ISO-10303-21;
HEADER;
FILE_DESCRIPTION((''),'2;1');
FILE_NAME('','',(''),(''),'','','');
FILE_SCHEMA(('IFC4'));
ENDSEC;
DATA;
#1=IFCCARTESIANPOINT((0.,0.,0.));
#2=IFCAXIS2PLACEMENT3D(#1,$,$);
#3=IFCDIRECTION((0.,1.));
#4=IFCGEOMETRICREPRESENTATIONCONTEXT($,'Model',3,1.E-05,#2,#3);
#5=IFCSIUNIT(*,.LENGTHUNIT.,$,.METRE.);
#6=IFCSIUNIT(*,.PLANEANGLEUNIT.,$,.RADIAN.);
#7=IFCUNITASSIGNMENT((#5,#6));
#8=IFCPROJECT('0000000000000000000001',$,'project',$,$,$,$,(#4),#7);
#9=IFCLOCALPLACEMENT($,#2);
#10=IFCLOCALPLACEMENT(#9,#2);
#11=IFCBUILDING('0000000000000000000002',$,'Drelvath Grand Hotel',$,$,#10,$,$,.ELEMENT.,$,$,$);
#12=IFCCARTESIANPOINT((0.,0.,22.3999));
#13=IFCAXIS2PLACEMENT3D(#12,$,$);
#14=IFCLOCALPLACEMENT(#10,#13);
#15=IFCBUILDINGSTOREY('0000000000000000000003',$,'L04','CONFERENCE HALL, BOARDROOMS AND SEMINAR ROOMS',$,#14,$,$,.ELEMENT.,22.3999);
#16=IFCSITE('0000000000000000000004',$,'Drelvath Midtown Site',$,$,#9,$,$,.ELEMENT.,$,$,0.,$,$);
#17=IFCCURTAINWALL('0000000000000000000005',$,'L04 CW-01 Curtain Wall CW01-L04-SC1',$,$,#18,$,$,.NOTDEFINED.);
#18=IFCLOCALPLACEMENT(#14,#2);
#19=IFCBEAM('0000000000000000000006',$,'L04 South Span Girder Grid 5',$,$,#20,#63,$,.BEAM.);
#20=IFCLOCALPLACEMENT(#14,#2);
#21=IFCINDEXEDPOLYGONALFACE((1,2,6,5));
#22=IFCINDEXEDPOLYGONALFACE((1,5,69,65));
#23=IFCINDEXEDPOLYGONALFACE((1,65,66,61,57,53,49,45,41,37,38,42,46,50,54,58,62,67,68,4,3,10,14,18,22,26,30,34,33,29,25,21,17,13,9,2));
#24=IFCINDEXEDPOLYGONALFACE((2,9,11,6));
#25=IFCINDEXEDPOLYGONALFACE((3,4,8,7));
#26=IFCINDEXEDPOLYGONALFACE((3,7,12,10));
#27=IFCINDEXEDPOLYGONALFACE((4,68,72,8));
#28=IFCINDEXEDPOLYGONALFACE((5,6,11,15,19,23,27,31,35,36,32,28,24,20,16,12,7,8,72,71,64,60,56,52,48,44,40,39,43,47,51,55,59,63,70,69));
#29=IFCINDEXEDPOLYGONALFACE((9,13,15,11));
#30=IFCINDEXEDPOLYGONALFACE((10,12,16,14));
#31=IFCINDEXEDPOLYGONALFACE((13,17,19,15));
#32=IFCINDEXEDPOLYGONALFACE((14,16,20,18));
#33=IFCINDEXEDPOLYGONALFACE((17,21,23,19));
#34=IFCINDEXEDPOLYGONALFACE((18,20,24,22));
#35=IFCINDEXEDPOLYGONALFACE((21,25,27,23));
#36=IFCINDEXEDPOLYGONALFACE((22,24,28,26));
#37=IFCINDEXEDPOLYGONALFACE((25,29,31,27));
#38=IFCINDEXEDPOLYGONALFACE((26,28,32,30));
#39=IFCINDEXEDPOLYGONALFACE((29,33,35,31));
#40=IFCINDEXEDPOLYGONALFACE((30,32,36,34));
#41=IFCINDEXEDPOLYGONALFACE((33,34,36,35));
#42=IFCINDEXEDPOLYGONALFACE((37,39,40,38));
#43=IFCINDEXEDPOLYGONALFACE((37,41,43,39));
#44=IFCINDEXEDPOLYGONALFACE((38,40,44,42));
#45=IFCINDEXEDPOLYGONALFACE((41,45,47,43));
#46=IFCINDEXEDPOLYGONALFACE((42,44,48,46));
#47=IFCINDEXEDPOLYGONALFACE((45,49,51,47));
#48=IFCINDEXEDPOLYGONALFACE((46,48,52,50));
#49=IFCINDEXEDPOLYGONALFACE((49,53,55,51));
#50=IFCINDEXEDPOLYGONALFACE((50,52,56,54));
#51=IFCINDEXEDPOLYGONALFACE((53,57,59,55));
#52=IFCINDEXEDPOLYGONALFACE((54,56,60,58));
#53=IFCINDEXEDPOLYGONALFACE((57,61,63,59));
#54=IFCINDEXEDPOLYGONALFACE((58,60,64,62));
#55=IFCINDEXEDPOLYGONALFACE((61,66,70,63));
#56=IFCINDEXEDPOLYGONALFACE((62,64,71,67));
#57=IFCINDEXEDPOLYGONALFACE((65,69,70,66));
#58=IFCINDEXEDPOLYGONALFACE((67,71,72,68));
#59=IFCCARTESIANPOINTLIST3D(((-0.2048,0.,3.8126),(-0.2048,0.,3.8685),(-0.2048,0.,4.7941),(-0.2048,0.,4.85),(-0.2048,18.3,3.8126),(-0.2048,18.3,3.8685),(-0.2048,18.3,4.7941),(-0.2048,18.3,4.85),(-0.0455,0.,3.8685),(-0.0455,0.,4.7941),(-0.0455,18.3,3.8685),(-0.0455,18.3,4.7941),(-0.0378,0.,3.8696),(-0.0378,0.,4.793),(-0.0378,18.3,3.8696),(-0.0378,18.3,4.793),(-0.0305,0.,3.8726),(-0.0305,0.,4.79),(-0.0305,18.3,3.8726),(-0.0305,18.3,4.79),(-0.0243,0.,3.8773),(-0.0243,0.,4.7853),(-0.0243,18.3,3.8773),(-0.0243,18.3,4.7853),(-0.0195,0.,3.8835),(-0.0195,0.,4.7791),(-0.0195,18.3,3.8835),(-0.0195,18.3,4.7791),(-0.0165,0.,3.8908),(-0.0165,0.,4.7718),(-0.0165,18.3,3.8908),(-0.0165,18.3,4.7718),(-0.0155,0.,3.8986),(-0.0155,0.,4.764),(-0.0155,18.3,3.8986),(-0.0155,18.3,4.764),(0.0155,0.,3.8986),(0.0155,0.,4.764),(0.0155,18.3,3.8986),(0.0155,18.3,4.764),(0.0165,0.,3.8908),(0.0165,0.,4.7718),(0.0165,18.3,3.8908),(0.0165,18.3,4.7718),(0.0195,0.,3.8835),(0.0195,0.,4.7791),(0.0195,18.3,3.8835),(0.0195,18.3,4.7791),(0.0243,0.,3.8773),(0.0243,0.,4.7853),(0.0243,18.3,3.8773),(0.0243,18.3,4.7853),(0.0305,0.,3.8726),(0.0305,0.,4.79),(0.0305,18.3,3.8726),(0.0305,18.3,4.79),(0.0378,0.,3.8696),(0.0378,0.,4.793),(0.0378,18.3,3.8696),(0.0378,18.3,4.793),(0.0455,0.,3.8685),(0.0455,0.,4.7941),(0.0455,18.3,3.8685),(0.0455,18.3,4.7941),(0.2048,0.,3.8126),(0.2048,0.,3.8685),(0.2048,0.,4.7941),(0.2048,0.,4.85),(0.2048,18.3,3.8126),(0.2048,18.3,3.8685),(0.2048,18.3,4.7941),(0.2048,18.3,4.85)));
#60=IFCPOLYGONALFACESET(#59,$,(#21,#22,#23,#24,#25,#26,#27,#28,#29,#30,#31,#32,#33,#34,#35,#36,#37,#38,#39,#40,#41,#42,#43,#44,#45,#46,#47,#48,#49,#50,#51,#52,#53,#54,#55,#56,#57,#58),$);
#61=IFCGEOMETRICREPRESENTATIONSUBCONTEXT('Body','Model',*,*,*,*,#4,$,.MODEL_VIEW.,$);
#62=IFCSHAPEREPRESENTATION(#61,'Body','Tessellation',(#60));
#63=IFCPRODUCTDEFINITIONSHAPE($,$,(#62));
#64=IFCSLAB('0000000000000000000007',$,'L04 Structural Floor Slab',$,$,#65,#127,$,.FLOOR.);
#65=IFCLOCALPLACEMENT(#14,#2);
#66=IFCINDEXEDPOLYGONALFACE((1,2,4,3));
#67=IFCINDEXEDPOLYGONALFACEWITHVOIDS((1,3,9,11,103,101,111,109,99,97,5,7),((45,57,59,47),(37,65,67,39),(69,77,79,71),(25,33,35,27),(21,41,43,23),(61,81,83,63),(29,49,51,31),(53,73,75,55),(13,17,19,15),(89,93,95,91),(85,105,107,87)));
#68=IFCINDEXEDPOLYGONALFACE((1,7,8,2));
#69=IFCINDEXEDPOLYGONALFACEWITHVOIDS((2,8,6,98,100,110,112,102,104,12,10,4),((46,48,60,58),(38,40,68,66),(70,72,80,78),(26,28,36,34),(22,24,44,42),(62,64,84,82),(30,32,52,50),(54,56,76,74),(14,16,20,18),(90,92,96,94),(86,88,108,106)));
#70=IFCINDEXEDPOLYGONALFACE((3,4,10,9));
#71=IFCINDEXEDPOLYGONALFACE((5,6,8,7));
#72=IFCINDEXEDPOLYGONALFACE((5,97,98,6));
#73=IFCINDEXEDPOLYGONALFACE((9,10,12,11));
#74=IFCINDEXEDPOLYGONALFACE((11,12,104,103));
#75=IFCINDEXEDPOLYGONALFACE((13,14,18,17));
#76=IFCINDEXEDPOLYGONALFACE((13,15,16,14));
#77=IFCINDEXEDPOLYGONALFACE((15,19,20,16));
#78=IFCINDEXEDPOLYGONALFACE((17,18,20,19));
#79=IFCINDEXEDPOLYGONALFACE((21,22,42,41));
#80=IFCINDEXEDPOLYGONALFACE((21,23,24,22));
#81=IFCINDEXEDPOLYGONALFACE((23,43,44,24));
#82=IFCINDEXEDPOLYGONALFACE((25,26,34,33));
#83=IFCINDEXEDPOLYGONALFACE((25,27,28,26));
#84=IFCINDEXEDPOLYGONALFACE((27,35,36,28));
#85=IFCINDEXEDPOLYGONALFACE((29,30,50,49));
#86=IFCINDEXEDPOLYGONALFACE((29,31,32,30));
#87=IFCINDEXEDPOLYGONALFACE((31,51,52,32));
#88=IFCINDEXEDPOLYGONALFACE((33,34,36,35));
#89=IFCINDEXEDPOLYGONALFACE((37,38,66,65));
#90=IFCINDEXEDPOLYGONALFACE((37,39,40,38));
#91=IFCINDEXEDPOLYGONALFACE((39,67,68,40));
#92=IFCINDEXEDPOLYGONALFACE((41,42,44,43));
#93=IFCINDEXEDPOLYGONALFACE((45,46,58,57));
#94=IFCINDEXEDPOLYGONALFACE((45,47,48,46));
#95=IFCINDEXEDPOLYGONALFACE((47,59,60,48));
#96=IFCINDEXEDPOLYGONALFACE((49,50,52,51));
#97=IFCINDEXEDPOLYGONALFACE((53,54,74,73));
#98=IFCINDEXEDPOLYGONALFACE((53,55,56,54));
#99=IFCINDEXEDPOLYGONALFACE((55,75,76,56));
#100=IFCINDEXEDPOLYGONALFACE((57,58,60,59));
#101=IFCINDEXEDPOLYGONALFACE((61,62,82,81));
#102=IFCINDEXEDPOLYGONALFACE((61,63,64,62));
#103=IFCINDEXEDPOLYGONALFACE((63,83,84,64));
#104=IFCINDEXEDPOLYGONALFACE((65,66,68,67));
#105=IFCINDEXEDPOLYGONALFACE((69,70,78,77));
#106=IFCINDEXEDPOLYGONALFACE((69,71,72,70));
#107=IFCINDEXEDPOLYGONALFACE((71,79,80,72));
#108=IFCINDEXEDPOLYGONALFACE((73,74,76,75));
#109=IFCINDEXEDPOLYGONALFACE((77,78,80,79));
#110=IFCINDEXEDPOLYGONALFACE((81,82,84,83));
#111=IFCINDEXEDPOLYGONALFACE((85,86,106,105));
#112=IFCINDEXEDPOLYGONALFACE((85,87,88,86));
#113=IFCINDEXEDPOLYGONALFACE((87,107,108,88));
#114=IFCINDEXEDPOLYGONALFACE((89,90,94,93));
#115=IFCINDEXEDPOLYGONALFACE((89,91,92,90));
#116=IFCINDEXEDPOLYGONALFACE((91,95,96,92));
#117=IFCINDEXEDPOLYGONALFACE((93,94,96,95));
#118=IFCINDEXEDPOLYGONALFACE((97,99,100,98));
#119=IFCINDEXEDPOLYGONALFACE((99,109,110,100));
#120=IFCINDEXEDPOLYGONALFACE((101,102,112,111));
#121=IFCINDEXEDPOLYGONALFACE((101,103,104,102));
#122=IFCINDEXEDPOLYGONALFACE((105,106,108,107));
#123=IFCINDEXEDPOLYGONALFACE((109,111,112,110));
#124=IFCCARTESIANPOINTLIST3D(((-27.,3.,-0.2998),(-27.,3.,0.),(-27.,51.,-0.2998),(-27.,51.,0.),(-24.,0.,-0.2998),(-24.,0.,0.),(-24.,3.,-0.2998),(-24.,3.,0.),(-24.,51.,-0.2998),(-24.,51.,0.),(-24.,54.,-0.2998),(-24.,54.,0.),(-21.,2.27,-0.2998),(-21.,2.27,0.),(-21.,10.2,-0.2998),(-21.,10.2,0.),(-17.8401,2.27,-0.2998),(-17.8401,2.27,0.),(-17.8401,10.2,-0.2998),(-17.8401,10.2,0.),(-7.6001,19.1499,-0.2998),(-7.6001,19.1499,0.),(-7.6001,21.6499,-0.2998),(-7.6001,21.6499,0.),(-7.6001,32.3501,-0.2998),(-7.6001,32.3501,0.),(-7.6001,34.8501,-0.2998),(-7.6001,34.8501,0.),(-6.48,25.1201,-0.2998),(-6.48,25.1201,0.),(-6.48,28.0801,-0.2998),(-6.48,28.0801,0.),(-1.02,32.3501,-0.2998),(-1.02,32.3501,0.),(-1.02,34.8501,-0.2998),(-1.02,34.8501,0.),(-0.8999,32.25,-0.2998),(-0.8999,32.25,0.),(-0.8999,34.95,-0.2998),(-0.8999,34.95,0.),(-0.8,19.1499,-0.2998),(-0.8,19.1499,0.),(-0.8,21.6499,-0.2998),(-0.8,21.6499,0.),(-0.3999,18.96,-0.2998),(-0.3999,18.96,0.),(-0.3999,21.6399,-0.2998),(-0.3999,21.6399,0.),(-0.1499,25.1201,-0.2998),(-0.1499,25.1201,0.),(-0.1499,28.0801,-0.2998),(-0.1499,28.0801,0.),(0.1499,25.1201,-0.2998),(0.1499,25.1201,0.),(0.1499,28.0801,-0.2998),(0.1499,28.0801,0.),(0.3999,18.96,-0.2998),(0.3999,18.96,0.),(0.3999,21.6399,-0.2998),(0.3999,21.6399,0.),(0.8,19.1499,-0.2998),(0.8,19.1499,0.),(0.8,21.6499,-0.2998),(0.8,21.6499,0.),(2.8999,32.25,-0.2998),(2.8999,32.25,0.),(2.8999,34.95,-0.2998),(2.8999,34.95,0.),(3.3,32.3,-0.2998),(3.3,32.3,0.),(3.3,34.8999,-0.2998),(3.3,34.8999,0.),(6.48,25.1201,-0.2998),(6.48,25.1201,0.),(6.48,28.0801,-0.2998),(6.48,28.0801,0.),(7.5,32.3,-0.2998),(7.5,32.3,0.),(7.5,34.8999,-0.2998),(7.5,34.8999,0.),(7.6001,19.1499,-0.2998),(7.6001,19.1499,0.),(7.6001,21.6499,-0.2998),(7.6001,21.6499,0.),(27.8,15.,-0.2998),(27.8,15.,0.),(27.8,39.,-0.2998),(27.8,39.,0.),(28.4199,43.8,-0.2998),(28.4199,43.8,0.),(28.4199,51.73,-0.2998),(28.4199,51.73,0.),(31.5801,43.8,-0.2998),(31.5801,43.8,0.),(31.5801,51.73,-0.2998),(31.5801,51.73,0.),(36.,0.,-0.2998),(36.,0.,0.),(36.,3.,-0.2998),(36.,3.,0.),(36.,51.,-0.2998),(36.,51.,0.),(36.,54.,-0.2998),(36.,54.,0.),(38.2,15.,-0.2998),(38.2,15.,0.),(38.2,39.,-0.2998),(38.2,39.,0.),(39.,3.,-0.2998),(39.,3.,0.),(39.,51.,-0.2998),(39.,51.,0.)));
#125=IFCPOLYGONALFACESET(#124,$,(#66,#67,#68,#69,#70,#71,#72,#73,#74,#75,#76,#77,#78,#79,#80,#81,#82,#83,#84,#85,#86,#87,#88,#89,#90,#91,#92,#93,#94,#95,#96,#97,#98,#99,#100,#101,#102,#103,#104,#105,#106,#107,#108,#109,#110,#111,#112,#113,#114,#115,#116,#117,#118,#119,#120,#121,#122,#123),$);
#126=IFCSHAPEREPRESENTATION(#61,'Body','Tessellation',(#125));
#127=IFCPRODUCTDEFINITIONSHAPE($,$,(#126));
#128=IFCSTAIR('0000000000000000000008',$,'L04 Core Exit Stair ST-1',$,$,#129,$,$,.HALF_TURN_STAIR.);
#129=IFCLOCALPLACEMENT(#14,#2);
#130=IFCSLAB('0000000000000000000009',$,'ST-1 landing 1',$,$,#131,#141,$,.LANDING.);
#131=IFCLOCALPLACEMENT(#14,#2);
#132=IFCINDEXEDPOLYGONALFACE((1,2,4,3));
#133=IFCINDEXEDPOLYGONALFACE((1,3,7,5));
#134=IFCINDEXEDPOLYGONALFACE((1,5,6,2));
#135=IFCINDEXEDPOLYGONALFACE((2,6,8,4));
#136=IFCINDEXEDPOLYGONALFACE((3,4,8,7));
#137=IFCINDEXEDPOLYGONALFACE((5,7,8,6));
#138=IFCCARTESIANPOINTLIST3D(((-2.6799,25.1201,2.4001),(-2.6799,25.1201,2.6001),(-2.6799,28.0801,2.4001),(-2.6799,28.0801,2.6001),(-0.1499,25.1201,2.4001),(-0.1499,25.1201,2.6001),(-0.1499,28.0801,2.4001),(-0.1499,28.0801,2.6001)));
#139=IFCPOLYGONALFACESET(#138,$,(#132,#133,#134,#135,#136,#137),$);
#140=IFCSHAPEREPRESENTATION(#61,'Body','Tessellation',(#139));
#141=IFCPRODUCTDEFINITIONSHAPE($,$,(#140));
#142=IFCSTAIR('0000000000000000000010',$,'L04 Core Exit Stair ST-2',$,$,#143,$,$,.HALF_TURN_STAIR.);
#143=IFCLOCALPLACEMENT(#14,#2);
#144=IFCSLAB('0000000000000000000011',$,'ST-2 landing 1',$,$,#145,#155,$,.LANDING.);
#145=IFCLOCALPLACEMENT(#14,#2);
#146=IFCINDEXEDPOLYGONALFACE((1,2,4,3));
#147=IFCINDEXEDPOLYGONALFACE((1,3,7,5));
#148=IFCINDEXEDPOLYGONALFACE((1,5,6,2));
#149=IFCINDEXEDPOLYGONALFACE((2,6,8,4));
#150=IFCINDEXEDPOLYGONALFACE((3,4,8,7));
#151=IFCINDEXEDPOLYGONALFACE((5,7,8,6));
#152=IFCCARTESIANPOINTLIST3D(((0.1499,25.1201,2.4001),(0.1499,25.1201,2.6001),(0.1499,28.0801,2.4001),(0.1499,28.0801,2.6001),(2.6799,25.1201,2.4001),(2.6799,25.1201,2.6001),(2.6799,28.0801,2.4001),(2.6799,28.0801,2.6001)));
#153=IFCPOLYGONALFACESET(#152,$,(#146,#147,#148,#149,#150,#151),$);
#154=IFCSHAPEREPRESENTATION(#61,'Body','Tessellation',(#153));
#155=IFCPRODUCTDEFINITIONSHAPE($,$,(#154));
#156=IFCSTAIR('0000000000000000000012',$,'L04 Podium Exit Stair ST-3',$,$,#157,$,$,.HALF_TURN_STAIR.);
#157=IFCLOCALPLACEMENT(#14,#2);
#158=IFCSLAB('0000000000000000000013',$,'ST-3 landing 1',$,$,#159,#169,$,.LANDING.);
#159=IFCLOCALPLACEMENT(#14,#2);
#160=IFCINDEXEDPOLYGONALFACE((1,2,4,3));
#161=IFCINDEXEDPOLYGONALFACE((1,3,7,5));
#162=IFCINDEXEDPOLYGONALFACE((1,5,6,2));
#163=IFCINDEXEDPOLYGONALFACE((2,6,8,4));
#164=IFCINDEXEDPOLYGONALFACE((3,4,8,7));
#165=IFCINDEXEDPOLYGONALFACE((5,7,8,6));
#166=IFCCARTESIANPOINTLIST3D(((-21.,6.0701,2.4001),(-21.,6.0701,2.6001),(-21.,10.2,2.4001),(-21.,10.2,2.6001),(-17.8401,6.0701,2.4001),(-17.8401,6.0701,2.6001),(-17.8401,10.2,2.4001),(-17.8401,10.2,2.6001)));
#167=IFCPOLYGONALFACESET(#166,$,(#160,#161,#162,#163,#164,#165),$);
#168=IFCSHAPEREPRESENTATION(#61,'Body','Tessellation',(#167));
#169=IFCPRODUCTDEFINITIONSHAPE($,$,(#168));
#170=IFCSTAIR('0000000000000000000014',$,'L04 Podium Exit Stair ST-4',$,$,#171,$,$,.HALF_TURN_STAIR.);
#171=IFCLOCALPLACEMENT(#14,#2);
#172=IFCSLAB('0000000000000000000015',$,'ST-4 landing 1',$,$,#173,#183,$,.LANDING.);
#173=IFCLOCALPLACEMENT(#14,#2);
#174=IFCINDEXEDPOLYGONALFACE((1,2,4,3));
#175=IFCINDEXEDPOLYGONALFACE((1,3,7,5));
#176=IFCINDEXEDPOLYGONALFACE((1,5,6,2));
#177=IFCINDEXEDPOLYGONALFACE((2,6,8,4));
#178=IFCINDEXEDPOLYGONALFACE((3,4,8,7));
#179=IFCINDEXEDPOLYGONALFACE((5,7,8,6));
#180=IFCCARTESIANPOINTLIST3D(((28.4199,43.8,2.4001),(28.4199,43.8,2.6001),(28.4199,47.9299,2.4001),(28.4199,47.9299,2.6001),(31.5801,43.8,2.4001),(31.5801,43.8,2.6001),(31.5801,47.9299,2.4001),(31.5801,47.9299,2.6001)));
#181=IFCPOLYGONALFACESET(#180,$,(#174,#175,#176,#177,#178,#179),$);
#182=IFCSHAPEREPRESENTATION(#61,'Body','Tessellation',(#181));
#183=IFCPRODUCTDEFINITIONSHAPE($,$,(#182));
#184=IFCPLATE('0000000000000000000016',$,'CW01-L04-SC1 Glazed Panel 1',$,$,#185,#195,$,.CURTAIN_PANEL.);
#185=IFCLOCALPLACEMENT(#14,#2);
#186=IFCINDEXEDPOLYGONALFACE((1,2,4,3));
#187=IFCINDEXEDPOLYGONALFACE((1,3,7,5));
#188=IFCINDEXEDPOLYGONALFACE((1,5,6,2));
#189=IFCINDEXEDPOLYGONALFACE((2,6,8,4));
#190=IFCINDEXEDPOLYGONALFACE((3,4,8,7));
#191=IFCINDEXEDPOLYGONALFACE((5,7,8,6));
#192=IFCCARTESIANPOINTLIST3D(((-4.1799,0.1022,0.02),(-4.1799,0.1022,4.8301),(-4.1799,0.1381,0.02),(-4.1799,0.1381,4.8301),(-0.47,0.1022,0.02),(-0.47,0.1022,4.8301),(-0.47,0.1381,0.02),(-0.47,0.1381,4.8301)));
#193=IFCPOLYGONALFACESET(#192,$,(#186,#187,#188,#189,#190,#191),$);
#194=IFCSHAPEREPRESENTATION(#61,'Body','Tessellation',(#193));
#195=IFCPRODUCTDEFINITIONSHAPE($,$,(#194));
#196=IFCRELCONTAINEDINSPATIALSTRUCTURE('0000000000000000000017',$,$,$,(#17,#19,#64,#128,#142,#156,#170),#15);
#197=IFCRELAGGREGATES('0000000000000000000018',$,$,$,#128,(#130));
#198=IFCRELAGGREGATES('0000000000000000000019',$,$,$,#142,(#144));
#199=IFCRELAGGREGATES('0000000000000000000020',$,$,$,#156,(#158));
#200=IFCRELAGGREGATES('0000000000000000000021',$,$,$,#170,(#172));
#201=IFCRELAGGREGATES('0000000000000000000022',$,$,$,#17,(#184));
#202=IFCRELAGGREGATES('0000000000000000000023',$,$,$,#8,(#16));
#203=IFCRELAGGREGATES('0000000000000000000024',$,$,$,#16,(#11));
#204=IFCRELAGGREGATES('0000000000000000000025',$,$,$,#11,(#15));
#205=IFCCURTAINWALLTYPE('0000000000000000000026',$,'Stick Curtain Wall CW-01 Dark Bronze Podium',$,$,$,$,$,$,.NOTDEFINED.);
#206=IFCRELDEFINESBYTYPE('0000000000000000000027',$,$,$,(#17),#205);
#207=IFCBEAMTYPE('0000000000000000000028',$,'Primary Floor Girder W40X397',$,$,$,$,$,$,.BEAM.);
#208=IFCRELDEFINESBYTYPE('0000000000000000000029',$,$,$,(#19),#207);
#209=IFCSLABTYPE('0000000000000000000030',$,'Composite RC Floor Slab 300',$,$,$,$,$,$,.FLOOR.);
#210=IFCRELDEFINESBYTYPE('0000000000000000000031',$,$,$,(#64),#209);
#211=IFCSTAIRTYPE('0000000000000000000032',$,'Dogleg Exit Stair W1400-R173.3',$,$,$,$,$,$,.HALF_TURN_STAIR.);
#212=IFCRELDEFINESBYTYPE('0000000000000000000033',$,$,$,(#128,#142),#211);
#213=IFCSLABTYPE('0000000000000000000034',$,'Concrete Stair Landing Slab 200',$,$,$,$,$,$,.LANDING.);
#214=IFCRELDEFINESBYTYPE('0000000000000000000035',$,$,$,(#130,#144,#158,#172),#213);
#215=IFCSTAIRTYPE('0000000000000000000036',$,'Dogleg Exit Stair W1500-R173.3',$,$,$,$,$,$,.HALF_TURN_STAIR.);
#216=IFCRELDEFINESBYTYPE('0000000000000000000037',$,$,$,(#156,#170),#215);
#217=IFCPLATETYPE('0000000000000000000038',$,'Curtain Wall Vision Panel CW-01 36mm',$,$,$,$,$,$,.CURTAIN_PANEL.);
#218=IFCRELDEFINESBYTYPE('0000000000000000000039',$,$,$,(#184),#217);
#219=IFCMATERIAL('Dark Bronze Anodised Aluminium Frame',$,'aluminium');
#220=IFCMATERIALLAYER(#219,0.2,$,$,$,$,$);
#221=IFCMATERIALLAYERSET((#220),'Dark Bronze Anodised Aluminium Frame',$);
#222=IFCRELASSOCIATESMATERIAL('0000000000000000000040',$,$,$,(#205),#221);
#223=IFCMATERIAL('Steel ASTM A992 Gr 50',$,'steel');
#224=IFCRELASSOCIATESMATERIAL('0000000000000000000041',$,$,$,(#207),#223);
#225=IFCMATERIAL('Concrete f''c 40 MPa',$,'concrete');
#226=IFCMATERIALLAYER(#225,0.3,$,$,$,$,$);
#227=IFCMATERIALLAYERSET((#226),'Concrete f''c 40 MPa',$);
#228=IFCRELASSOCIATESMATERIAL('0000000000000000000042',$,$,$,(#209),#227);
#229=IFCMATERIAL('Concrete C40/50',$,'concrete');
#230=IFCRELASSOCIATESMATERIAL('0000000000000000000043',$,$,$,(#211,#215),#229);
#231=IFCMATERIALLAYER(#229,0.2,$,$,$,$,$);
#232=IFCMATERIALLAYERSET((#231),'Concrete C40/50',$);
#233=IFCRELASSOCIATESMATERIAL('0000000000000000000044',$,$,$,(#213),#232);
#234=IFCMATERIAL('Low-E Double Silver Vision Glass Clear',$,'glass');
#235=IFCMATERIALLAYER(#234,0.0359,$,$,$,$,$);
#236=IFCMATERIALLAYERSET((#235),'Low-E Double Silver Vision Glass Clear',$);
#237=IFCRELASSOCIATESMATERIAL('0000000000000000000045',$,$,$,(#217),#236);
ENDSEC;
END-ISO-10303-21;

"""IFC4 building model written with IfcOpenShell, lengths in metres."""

from ifc_helpers import new_model, si_unit, direction, frame, origin, origin_2d, place, context, subcontext, project, spatial, polyline, rectangle, i_section, outline, extrude, material, layer, layer_set, material_profile, profile_set, type_object, element, aggregate, save


model = new_model("IFC4")

# Units and contexts
model_context = context("Model", 3, precision=1e-05, world=origin(), true_north=direction((0.0, 1.0)))
body_context = subcontext(model_context, "Body", "Model", "MODEL_VIEW")
ifc_project = project(units=[si_unit("LENGTHUNIT", "METRE"), si_unit("PLANEANGLEUNIT", "RADIAN")], contexts=[model_context])

# Site, building, storey
site_placement = place(None, origin())
site = spatial("IfcSite", under=ifc_project, at=site_placement, Name="Drelvath Midtown Site", CompositionType="ELEMENT", RefElevation=0.0)
building_placement = place(site_placement, origin())
building = spatial("IfcBuilding", under=site, at=building_placement, Name="Drelvath Grand Hotel", CompositionType="ELEMENT")
storey_placement = place(building_placement, frame((0.0, 0.0, 22.3999)))
storey = spatial("IfcBuildingStorey", under=building, at=storey_placement, Name="L04", Description="CONFERENCE HALL, BOARDROOMS AND SEMINAR ROOMS", CompositionType="ELEMENT", Elevation=22.3999)

# Curtain wall
ifc_material_1 = material(Name="Dark Bronze Anodised Aluminium Frame", Category="aluminium")
ifc_layer_1 = layer(ifc_material_1, 0.2)
ifc_layer_set_1 = layer_set([ifc_layer_1], Name="Dark Bronze Anodised Aluminium Frame")
curtain_wall_type = type_object("IfcCurtainWallType", Name="Stick Curtain Wall CW-01 Dark Bronze Podium", PredefinedType="NOTDEFINED", material=ifc_layer_set_1)
curtain_wall_placement = place(storey_placement, origin())
curtain_wall = element("IfcCurtainWall", 1, at=curtain_wall_placement, inside=storey, type_object=curtain_wall_type, Name="L04 CW-01 Curtain Wall CW01-L04-SC1", PredefinedType="NOTDEFINED")

# Beam
ifc_material_2 = material(Name="Steel ASTM A992 Gr 50", Category="steel")
ifc_material_profile_1 = material_profile(ifc_material_2, i_section(OverallWidth=0.4097, OverallDepth=1.0374, WebThickness=0.031, FlangeThickness=0.0559, FilletRadius=0.03, at=origin_2d()), Name="W40X397")
ifc_profile_set_1 = profile_set([ifc_material_profile_1], Name="Steel ASTM A992 Gr 50")
beam_type = type_object("IfcBeamType", Name="Primary Floor Girder W40X397", PredefinedType="BEAM", material=ifc_profile_set_1)
beam_placement = place(storey_placement, frame((0.0, 0.0, 4.3313), z_axis=(0.0, 1.0, 0.0), x_axis=(-1.0, 0.0, 0.0)))
element("IfcBeam", 2, at=beam_placement, inside=storey, type_object=beam_type, Name="L04 South Span Girder Grid 5", PredefinedType="BEAM", context=body_context, shape_type="SweptSolid", body=[
    extrude(i_section(OverallWidth=0.4097, OverallDepth=1.0374, WebThickness=0.031, FlangeThickness=0.0559, FilletRadius=0.03, at=origin_2d()), origin(), (0.0, 0.0, 1.0), 18.3),
])

# Slab
ifc_material_3 = material(Name="Concrete f'c 40 MPa", Category="concrete")
ifc_layer_2 = layer(ifc_material_3, 0.3)
ifc_layer_set_2 = layer_set([ifc_layer_2], Name="Concrete f'c 40 MPa")
slab_type_1 = type_object("IfcSlabType", Name="Composite RC Floor Slab 300", PredefinedType="FLOOR", material=ifc_layer_set_2)
slab_1_placement = place(storey_placement, frame((0.0, 0.0, -0.2998)))
element("IfcSlab", 3, at=slab_1_placement, inside=storey, type_object=slab_type_1, Name="L04 Structural Floor Slab", PredefinedType="FLOOR", context=body_context, shape_type="SweptSolid", body=[
    extrude(outline(polyline([(-24.0, 0.0), (36.0, 0.0), (36.0, 3.0), (39.0, 3.0), (39.0, 51.0), (36.0, 51.0), (36.0, 54.0), (-24.0, 54.0), (-24.0, 51.0), (-27.0, 51.0), (-27.0, 3.0), (-24.0, 3.0), (-24.0, 0.0)]), holes=[polyline([(-6.48, 25.1201), (-6.48, 28.0801), (-0.1499, 28.0801), (-0.1499, 25.1201), (-6.48, 25.1201)]), polyline([(0.1499, 25.1201), (0.1499, 28.0801), (6.48, 28.0801), (6.48, 25.1201), (0.1499, 25.1201)]), polyline([(-21.0, 2.27), (-21.0, 10.2), (-17.8401, 10.2), (-17.8401, 2.27), (-21.0, 2.27)]), polyline([(28.4199, 43.8), (28.4199, 51.73), (31.5801, 51.73), (31.5801, 43.8), (28.4199, 43.8)]), polyline([(-7.6001, 19.1499), (-7.6001, 21.6499), (-0.8, 21.6499), (-0.8, 19.1499), (-7.6001, 19.1499)]), polyline([(-0.3999, 18.96), (-0.3999, 21.6399), (0.3999, 21.6399), (0.3999, 18.96), (-0.3999, 18.96)]), polyline([(0.8, 19.1499), (0.8, 21.6499), (7.6001, 21.6499), (7.6001, 19.1499), (0.8, 19.1499)]), polyline([(-7.6001, 32.3501), (-7.6001, 34.8501), (-1.02, 34.8501), (-1.02, 32.3501), (-7.6001, 32.3501)]), polyline([(-0.8999, 32.25), (-0.8999, 34.95), (2.8999, 34.95), (2.8999, 32.25), (-0.8999, 32.25)]), polyline([(3.3, 32.3), (3.3, 34.8999), (7.5, 34.8999), (7.5, 32.3), (3.3, 32.3)]), polyline([(27.8, 15.0), (27.8, 39.0), (38.2, 39.0), (38.2, 15.0), (27.8, 15.0)])]), origin(), (0.0, 0.0, 1.0), 0.2998),
])

# Stairs, slabs
ifc_material_4 = material(Name="Concrete C40/50", Category="concrete")
stair_type_1 = type_object("IfcStairType", Name="Dogleg Exit Stair W1400-R173.3", PredefinedType="HALF_TURN_STAIR", material=ifc_material_4)
stair_1_placement = place(storey_placement, origin())
stair_1 = element("IfcStair", 4, at=stair_1_placement, inside=storey, type_object=stair_type_1, Name="L04 Core Exit Stair ST-1", PredefinedType="HALF_TURN_STAIR")
ifc_layer_3 = layer(ifc_material_4, 0.2)
ifc_layer_set_3 = layer_set([ifc_layer_3], Name="Concrete C40/50")
slab_type_2 = type_object("IfcSlabType", Name="Concrete Stair Landing Slab 200", PredefinedType="LANDING", material=ifc_layer_set_3)
slab_2_placement = place(storey_placement, frame((0.0, 0.0, 2.4001)))
slab_2 = element("IfcSlab", 5, at=slab_2_placement, type_object=slab_type_2, Name="ST-1 landing 1", PredefinedType="LANDING", context=body_context, shape_type="SweptSolid", body=[
    extrude(outline(polyline([(-2.6799, 25.1201), (-0.1499, 25.1201), (-0.1499, 28.0801), (-2.6799, 28.0801), (-2.6799, 25.1201)])), origin(), (0.0, 0.0, 1.0), 0.2),
])
aggregate(stair_1, [slab_2])
stair_2_placement = place(storey_placement, origin())
stair_2 = element("IfcStair", 6, at=stair_2_placement, inside=storey, type_object=stair_type_1, Name="L04 Core Exit Stair ST-2", PredefinedType="HALF_TURN_STAIR")
slab_3_placement = place(storey_placement, frame((0.0, 0.0, 2.4001)))
slab_3 = element("IfcSlab", 7, at=slab_3_placement, type_object=slab_type_2, Name="ST-2 landing 1", PredefinedType="LANDING", context=body_context, shape_type="SweptSolid", body=[
    extrude(outline(polyline([(2.6799, 28.0801), (0.1499, 28.0801), (0.1499, 25.1201), (2.6799, 25.1201), (2.6799, 28.0801)])), origin(), (0.0, 0.0, 1.0), 0.2),
])
aggregate(stair_2, [slab_3])
stair_type_2 = type_object("IfcStairType", Name="Dogleg Exit Stair W1500-R173.3", PredefinedType="HALF_TURN_STAIR", material=ifc_material_4)
stair_3_placement = place(storey_placement, origin())
stair_3 = element("IfcStair", 8, at=stair_3_placement, inside=storey, type_object=stair_type_2, Name="L04 Podium Exit Stair ST-3", PredefinedType="HALF_TURN_STAIR")
slab_4_placement = place(storey_placement, frame((0.0, 0.0, 2.4001)))
slab_4 = element("IfcSlab", 9, at=slab_4_placement, type_object=slab_type_2, Name="ST-3 landing 1", PredefinedType="LANDING", context=body_context, shape_type="SweptSolid", body=[
    extrude(outline(polyline([(-17.8401, 6.0701), (-17.8401, 10.2), (-21.0, 10.2), (-21.0, 6.0701), (-17.8401, 6.0701)])), origin(), (0.0, 0.0, 1.0), 0.2),
])
aggregate(stair_3, [slab_4])
stair_4_placement = place(storey_placement, origin())
stair_4 = element("IfcStair", 10, at=stair_4_placement, inside=storey, type_object=stair_type_2, Name="L04 Podium Exit Stair ST-4", PredefinedType="HALF_TURN_STAIR")
slab_5_placement = place(storey_placement, frame((0.0, 0.0, 2.4001)))
slab_5 = element("IfcSlab", 11, at=slab_5_placement, type_object=slab_type_2, Name="ST-4 landing 1", PredefinedType="LANDING", context=body_context, shape_type="SweptSolid", body=[
    extrude(outline(polyline([(28.4199, 47.9299), (28.4199, 43.8), (31.5801, 43.8), (31.5801, 47.9299), (28.4199, 47.9299)])), origin(), (0.0, 0.0, 1.0), 0.2),
])
aggregate(stair_4, [slab_5])

# Plate
ifc_material_5 = material(Name="Low-E Double Silver Vision Glass Clear", Category="glass")
ifc_layer_4 = layer(ifc_material_5, 0.0359)
ifc_layer_set_4 = layer_set([ifc_layer_4], Name="Low-E Double Silver Vision Glass Clear")
plate_type = type_object("IfcPlateType", Name="Curtain Wall Vision Panel CW-01 36mm", PredefinedType="CURTAIN_PANEL", material=ifc_layer_set_4)
plate_placement = place(storey_placement, frame((-2.325, 0.1201, 0.02), z_axis=(0.0, 0.0, 1.0), x_axis=(-1.0, 0.0, 0.0)))
plate = element("IfcPlate", 12, at=plate_placement, type_object=plate_type, Name="CW01-L04-SC1 Glazed Panel 1", PredefinedType="CURTAIN_PANEL", context=body_context, shape_type="SweptSolid", body=[
    extrude(rectangle(XDim=3.71, YDim=0.0359, at=origin_2d()), origin(), (0.0, 0.0, 1.0), 4.8101),
])
aggregate(curtain_wall, [plate])

save(model, "model.ifc")
